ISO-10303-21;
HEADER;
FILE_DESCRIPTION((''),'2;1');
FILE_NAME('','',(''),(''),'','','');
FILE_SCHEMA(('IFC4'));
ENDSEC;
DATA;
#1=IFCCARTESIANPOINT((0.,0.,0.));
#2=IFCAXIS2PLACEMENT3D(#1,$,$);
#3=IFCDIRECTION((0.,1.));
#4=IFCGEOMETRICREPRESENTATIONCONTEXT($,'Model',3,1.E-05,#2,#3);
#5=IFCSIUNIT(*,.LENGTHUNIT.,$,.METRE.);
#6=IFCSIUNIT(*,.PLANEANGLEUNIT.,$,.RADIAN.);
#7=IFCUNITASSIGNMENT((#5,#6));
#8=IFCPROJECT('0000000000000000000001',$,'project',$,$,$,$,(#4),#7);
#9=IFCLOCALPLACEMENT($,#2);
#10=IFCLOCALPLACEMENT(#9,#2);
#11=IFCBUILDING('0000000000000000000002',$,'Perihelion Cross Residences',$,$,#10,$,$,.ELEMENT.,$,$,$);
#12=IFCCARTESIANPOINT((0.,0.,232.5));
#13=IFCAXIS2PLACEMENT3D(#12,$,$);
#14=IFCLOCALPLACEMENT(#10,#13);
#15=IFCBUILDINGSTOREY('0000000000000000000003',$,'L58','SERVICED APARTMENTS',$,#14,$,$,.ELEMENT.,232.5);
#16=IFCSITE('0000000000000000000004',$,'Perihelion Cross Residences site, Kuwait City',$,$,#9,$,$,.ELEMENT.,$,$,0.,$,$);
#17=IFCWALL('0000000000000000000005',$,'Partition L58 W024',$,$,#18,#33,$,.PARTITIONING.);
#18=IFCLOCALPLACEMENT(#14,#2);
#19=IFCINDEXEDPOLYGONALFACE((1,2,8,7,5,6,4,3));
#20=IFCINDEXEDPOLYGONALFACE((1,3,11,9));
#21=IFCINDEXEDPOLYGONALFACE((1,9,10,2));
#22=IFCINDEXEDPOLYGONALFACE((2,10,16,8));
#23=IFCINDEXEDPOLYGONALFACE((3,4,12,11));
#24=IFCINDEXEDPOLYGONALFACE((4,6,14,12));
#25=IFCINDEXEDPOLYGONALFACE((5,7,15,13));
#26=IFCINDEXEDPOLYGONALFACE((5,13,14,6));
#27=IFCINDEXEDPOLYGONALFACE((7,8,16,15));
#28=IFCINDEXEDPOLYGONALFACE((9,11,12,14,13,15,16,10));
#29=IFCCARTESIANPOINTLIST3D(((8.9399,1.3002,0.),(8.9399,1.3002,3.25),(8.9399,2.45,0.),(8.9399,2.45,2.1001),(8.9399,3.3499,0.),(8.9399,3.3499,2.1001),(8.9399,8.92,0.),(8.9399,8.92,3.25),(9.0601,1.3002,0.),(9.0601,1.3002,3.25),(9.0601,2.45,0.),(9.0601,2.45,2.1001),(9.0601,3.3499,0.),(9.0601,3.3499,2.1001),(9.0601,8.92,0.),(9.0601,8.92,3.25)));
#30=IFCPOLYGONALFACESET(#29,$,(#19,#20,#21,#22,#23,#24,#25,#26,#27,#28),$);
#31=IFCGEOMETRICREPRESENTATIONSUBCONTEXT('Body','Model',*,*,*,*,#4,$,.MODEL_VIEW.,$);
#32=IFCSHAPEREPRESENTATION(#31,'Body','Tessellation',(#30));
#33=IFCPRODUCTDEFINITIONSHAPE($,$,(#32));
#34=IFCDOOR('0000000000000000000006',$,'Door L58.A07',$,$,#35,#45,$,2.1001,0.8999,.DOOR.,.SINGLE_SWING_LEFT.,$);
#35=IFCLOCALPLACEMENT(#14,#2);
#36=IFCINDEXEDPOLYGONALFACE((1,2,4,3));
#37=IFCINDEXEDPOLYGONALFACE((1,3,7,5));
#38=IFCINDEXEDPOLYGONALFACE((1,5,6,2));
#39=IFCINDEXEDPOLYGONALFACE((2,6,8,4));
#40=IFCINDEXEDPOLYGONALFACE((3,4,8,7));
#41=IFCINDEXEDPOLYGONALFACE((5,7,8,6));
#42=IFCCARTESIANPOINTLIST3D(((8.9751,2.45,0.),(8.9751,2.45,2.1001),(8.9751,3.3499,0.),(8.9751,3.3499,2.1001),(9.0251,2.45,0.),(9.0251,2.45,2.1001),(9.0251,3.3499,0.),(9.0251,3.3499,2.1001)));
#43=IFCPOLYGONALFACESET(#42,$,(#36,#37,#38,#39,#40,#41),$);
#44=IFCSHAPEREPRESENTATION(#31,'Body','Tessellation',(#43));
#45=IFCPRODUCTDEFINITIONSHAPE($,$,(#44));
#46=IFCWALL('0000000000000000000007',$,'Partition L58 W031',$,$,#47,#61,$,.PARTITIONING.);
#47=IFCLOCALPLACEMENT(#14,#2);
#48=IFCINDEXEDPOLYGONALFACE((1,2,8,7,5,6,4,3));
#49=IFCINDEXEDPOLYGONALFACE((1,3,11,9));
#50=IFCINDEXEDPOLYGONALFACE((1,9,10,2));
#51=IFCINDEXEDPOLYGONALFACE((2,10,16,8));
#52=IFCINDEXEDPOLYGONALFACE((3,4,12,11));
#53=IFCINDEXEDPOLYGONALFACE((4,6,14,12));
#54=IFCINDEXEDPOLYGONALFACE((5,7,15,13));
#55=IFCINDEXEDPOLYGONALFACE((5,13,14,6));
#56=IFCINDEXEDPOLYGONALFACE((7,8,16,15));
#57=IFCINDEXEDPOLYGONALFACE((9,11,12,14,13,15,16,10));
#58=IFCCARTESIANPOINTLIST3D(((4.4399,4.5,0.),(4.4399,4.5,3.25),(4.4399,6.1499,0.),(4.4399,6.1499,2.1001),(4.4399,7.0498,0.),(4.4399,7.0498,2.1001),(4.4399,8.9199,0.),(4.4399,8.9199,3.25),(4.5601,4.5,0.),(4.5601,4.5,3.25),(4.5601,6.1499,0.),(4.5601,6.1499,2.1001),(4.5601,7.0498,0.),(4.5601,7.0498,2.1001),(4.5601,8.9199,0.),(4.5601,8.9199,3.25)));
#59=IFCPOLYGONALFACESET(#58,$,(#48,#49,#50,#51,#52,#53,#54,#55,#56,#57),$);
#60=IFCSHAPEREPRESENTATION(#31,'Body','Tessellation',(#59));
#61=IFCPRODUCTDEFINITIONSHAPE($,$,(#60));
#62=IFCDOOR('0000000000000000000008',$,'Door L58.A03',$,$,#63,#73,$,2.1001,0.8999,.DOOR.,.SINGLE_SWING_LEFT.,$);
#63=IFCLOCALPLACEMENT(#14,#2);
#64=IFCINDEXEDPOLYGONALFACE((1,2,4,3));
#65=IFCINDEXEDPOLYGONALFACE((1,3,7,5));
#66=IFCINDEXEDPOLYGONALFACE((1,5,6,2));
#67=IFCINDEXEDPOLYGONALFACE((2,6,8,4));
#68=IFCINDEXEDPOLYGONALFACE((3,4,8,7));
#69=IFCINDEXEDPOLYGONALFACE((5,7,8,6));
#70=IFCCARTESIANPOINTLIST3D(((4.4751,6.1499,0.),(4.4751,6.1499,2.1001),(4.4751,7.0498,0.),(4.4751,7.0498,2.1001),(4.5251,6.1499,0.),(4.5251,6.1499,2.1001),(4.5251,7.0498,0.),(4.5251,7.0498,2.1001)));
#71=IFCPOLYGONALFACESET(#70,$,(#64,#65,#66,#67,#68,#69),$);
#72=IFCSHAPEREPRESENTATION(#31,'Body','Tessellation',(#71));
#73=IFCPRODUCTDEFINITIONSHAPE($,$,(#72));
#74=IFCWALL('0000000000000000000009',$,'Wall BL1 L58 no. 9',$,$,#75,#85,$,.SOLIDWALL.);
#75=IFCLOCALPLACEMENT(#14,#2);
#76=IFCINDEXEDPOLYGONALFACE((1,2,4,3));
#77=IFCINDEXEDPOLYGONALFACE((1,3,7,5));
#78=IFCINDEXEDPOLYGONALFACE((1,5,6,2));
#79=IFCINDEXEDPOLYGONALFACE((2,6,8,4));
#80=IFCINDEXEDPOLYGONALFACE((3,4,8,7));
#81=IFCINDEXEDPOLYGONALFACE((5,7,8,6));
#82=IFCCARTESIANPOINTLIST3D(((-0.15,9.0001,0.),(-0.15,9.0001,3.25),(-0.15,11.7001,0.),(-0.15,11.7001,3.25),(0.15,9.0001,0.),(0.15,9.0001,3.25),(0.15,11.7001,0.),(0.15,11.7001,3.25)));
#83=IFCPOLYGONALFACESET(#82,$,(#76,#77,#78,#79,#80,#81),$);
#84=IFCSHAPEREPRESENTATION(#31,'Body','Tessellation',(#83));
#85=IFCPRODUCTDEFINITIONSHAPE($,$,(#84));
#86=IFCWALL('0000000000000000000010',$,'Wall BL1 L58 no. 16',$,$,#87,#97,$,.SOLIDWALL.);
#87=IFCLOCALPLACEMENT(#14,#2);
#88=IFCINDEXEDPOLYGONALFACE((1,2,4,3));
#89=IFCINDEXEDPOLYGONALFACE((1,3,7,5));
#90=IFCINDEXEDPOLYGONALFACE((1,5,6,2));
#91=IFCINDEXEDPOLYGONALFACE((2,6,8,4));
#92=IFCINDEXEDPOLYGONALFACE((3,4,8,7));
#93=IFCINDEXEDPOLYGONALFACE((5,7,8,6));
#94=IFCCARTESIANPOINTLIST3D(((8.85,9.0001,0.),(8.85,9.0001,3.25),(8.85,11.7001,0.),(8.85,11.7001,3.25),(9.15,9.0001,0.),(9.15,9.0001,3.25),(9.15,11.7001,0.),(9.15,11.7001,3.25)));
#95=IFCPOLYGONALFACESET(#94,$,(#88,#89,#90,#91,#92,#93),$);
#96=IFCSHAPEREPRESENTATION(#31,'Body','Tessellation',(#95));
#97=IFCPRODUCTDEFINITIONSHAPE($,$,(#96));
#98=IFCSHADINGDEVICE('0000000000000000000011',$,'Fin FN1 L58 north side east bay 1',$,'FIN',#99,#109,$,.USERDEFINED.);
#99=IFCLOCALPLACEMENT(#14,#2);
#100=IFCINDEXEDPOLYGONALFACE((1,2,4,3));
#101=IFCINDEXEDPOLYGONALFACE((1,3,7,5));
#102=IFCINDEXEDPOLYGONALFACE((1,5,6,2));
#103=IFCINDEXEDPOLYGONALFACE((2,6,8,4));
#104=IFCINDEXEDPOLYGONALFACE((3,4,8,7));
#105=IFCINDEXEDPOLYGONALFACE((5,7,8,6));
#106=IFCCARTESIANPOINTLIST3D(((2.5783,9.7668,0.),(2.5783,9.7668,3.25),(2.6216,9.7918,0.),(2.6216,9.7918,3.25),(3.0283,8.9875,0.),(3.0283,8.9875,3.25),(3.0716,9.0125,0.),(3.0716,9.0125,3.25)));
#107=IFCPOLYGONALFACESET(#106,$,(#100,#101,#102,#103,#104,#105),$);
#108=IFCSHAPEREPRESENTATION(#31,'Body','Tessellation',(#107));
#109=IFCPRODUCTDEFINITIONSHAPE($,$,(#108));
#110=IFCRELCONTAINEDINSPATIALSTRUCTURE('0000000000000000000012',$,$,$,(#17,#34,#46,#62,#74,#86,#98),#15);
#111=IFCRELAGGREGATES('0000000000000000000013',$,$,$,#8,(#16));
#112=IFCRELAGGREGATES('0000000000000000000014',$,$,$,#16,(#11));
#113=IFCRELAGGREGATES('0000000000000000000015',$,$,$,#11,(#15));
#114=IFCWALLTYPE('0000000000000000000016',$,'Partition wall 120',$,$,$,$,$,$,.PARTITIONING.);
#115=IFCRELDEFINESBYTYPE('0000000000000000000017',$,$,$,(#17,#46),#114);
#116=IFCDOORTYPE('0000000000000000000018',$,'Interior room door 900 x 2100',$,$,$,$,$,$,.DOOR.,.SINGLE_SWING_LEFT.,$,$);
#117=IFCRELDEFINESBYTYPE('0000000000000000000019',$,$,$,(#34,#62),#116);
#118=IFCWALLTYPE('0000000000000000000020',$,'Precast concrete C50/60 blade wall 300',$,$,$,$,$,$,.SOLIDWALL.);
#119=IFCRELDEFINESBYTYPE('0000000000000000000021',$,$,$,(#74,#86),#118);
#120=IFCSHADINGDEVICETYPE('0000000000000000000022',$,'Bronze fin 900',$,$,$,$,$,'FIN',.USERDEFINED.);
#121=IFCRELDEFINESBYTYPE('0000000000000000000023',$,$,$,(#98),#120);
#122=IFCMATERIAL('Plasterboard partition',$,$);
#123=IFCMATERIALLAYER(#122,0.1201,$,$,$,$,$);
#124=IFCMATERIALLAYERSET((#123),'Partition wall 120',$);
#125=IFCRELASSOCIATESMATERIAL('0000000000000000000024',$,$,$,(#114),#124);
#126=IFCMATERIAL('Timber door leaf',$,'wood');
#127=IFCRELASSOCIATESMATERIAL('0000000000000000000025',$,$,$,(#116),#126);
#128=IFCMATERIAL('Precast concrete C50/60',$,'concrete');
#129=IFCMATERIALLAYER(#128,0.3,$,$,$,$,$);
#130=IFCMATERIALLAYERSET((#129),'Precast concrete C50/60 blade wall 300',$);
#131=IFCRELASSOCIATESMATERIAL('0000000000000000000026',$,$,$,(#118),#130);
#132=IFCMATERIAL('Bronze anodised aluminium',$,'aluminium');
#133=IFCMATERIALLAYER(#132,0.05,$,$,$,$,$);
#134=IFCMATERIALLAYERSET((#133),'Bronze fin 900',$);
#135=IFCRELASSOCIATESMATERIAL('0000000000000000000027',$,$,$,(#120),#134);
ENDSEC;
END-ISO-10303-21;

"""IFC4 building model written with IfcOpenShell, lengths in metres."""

from ifc_helpers import new_model, si_unit, direction, frame, frame_2d, origin, origin_2d, place, context, subcontext, project, spatial, rectangle, extrude, material, layer, layer_set, type_object, element, fill, save


model = new_model("IFC4")

# Units and contexts
model_context = context("Model", 3, precision=1e-05, world=origin(), true_north=direction((0.0, 1.0)))
body_context = subcontext(model_context, "Body", "Model", "MODEL_VIEW")
ifc_project = project(units=[si_unit("LENGTHUNIT", "METRE"), si_unit("PLANEANGLEUNIT", "RADIAN")], contexts=[model_context])

# Site, building, storey
site_placement = place(None, origin())
site = spatial("IfcSite", under=ifc_project, at=site_placement, Name="Perihelion Cross Residences site, Kuwait City", CompositionType="ELEMENT", RefElevation=0.0)
building_placement = place(site_placement, origin())
building = spatial("IfcBuilding", under=site, at=building_placement, Name="Perihelion Cross Residences", CompositionType="ELEMENT")
storey_placement = place(building_placement, frame((0.0, 0.0, 232.5)))
storey = spatial("IfcBuildingStorey", under=building, at=storey_placement, Name="L58", Description="SERVICED APARTMENTS", CompositionType="ELEMENT", Elevation=232.5)

# Walls, openings, doors
ifc_material_1 = material(Name="Plasterboard partition")
ifc_layer_1 = layer(ifc_material_1, 0.1201)
ifc_layer_set_1 = layer_set([ifc_layer_1], Name="Partition wall 120")
wall_type_1 = type_object("IfcWallType", Name="Partition wall 120", PredefinedType="PARTITIONING", material=ifc_layer_set_1)
ifc_material_2 = material(Name="Timber door leaf", Category="wood")
door_type_1 = type_object("IfcDoorType", Name="Interior room door 900 x 2100", OperationType="SINGLE_SWING_LEFT", PredefinedType="DOOR", material=ifc_material_2)
wall_1_placement = place(storey_placement, frame((9.0, 1.3, 0.0), z_axis=(0.0, 0.0, 1.0), x_axis=(0.0, 1.0, 0.0)))
wall_1 = element("IfcWall", 1, at=wall_1_placement, inside=storey, type_object=wall_type_1, Name="Partition L58 W024", PredefinedType="PARTITIONING", context=body_context, shape_type="SweptSolid", body=[
    extrude(rectangle(XDim=7.6199, YDim=0.1201, at=frame_2d((3.8101, 0.0))), origin(), (0.0, 0.0, 1.0), 3.25),
])
opening_1_placement = place(wall_1_placement, frame((1.1499, 0.0, 0.0)))
opening_1 = element("IfcOpeningElement", 2, at=opening_1_placement, cuts=wall_1, PredefinedType="OPENING", context=body_context, shape_type="SweptSolid", body=[
    extrude(rectangle(XDim=0.8999, YDim=2.1001, at=frame_2d((0.45, 1.05))), frame((0.0, 0.0701, 0.0), z_axis=(0.0, -1.0, 0.0), x_axis=(1.0, 0.0, 0.0)), (0.0, 0.0, 1.0), 0.1401),
])
door_1_placement = place(opening_1_placement, origin())
door_1 = element("IfcDoor", 3, at=door_1_placement, inside=storey, type_object=door_type_1, Name="Door L58.A07", OperationType="SINGLE_SWING_LEFT", OverallHeight=2.1001, OverallWidth=0.8999, PredefinedType="DOOR", context=body_context, shape_type="SweptSolid", body=[
    extrude(rectangle(XDim=0.8999, YDim=2.1001, at=frame_2d((0.45, 1.05))), frame((0.0, 0.0249, 0.0), z_axis=(0.0, -1.0, 0.0), x_axis=(1.0, 0.0, 0.0)), (0.0, 0.0, 1.0), 0.05),
])
fill(opening_1, door_1)
wall_2_placement = place(storey_placement, frame((4.5, 4.5, 0.0), z_axis=(0.0, 0.0, 1.0), x_axis=(0.0, 1.0, 0.0)))
wall_2 = element("IfcWall", 4, at=wall_2_placement, inside=storey, type_object=wall_type_1, Name="Partition L58 W031", PredefinedType="PARTITIONING", context=body_context, shape_type="SweptSolid", body=[
    extrude(rectangle(XDim=4.4199, YDim=0.1201, at=frame_2d((2.21, 0.0))), origin(), (0.0, 0.0, 1.0), 3.25),
])
opening_2_placement = place(wall_2_placement, frame((1.6499, 0.0, 0.0)))
opening_2 = element("IfcOpeningElement", 5, at=opening_2_placement, cuts=wall_2, PredefinedType="OPENING", context=body_context, shape_type="SweptSolid", body=[
    extrude(rectangle(XDim=0.8999, YDim=2.1001, at=frame_2d((0.45, 1.05))), frame((0.0, 0.0701, 0.0), z_axis=(0.0, -1.0, 0.0), x_axis=(1.0, 0.0, 0.0)), (0.0, 0.0, 1.0), 0.1401),
])
door_2_placement = place(opening_2_placement, origin())
door_2 = element("IfcDoor", 6, at=door_2_placement, inside=storey, type_object=door_type_1, Name="Door L58.A03", OperationType="SINGLE_SWING_LEFT", OverallHeight=2.1001, OverallWidth=0.8999, PredefinedType="DOOR", context=body_context, shape_type="SweptSolid", body=[
    extrude(rectangle(XDim=0.8999, YDim=2.1001, at=frame_2d((0.45, 1.05))), frame((0.0, 0.0249, 0.0), z_axis=(0.0, -1.0, 0.0), x_axis=(1.0, 0.0, 0.0)), (0.0, 0.0, 1.0), 0.05),
])
fill(opening_2, door_2)

# Walls
ifc_material_3 = material(Name="Precast concrete C50/60", Category="concrete")
ifc_layer_2 = layer(ifc_material_3, 0.3)
ifc_layer_set_2 = layer_set([ifc_layer_2], Name="Precast concrete C50/60 blade wall 300")
wall_type_2 = type_object("IfcWallType", Name="Precast concrete C50/60 blade wall 300", PredefinedType="SOLIDWALL", material=ifc_layer_set_2)
for number, where, z_axis, x_axis, name in (
    (7, (0.0, 9.0, 0.0), (0.0, 0.0, 1.0), (0.0, 1.0, 0.0), "Wall BL1 L58 no. 9"),
    (8, (9.0, 9.0, 0.0), (0.0, 0.0, 1.0), (0.0, 1.0, 0.0), "Wall BL1 L58 no. 16"),
):
    element("IfcWall", number, at=place(storey_placement, frame(where, z_axis=z_axis, x_axis=x_axis)), inside=storey, type_object=wall_type_2, Name=name, PredefinedType="SOLIDWALL", context=body_context, shape_type="SweptSolid", body=[
        extrude(rectangle(XDim=2.7, YDim=0.3, at=frame_2d((1.3501, 0.0))), origin(), (0.0, 0.0, 1.0), 3.25),
    ])

# Shading device
ifc_material_4 = material(Name="Bronze anodised aluminium", Category="aluminium")
ifc_layer_3 = layer(ifc_material_4, 0.05)
ifc_layer_set_3 = layer_set([ifc_layer_3], Name="Bronze fin 900")
shading_device_type = type_object("IfcShadingDeviceType", Name="Bronze fin 900", ElementType="FIN", PredefinedType="USERDEFINED", material=ifc_layer_set_3)
shading_device_placement = place(storey_placement, frame((2.825, 9.3896, 0.0), z_axis=(0.0, 0.0, 1.0), x_axis=(-0.5, 0.866025, 0.0)))
element("IfcShadingDevice", 9, at=shading_device_placement, inside=storey, type_object=shading_device_type, Name="Fin FN1 L58 north side east bay 1", ObjectType="FIN", PredefinedType="USERDEFINED", context=body_context, shape_type="SweptSolid", body=[
    extrude(rectangle(XDim=0.8999, YDim=0.05, at=origin_2d()), origin(), (0.0, 0.0, 1.0), 3.25),
])

save(model, "model.ifc")
